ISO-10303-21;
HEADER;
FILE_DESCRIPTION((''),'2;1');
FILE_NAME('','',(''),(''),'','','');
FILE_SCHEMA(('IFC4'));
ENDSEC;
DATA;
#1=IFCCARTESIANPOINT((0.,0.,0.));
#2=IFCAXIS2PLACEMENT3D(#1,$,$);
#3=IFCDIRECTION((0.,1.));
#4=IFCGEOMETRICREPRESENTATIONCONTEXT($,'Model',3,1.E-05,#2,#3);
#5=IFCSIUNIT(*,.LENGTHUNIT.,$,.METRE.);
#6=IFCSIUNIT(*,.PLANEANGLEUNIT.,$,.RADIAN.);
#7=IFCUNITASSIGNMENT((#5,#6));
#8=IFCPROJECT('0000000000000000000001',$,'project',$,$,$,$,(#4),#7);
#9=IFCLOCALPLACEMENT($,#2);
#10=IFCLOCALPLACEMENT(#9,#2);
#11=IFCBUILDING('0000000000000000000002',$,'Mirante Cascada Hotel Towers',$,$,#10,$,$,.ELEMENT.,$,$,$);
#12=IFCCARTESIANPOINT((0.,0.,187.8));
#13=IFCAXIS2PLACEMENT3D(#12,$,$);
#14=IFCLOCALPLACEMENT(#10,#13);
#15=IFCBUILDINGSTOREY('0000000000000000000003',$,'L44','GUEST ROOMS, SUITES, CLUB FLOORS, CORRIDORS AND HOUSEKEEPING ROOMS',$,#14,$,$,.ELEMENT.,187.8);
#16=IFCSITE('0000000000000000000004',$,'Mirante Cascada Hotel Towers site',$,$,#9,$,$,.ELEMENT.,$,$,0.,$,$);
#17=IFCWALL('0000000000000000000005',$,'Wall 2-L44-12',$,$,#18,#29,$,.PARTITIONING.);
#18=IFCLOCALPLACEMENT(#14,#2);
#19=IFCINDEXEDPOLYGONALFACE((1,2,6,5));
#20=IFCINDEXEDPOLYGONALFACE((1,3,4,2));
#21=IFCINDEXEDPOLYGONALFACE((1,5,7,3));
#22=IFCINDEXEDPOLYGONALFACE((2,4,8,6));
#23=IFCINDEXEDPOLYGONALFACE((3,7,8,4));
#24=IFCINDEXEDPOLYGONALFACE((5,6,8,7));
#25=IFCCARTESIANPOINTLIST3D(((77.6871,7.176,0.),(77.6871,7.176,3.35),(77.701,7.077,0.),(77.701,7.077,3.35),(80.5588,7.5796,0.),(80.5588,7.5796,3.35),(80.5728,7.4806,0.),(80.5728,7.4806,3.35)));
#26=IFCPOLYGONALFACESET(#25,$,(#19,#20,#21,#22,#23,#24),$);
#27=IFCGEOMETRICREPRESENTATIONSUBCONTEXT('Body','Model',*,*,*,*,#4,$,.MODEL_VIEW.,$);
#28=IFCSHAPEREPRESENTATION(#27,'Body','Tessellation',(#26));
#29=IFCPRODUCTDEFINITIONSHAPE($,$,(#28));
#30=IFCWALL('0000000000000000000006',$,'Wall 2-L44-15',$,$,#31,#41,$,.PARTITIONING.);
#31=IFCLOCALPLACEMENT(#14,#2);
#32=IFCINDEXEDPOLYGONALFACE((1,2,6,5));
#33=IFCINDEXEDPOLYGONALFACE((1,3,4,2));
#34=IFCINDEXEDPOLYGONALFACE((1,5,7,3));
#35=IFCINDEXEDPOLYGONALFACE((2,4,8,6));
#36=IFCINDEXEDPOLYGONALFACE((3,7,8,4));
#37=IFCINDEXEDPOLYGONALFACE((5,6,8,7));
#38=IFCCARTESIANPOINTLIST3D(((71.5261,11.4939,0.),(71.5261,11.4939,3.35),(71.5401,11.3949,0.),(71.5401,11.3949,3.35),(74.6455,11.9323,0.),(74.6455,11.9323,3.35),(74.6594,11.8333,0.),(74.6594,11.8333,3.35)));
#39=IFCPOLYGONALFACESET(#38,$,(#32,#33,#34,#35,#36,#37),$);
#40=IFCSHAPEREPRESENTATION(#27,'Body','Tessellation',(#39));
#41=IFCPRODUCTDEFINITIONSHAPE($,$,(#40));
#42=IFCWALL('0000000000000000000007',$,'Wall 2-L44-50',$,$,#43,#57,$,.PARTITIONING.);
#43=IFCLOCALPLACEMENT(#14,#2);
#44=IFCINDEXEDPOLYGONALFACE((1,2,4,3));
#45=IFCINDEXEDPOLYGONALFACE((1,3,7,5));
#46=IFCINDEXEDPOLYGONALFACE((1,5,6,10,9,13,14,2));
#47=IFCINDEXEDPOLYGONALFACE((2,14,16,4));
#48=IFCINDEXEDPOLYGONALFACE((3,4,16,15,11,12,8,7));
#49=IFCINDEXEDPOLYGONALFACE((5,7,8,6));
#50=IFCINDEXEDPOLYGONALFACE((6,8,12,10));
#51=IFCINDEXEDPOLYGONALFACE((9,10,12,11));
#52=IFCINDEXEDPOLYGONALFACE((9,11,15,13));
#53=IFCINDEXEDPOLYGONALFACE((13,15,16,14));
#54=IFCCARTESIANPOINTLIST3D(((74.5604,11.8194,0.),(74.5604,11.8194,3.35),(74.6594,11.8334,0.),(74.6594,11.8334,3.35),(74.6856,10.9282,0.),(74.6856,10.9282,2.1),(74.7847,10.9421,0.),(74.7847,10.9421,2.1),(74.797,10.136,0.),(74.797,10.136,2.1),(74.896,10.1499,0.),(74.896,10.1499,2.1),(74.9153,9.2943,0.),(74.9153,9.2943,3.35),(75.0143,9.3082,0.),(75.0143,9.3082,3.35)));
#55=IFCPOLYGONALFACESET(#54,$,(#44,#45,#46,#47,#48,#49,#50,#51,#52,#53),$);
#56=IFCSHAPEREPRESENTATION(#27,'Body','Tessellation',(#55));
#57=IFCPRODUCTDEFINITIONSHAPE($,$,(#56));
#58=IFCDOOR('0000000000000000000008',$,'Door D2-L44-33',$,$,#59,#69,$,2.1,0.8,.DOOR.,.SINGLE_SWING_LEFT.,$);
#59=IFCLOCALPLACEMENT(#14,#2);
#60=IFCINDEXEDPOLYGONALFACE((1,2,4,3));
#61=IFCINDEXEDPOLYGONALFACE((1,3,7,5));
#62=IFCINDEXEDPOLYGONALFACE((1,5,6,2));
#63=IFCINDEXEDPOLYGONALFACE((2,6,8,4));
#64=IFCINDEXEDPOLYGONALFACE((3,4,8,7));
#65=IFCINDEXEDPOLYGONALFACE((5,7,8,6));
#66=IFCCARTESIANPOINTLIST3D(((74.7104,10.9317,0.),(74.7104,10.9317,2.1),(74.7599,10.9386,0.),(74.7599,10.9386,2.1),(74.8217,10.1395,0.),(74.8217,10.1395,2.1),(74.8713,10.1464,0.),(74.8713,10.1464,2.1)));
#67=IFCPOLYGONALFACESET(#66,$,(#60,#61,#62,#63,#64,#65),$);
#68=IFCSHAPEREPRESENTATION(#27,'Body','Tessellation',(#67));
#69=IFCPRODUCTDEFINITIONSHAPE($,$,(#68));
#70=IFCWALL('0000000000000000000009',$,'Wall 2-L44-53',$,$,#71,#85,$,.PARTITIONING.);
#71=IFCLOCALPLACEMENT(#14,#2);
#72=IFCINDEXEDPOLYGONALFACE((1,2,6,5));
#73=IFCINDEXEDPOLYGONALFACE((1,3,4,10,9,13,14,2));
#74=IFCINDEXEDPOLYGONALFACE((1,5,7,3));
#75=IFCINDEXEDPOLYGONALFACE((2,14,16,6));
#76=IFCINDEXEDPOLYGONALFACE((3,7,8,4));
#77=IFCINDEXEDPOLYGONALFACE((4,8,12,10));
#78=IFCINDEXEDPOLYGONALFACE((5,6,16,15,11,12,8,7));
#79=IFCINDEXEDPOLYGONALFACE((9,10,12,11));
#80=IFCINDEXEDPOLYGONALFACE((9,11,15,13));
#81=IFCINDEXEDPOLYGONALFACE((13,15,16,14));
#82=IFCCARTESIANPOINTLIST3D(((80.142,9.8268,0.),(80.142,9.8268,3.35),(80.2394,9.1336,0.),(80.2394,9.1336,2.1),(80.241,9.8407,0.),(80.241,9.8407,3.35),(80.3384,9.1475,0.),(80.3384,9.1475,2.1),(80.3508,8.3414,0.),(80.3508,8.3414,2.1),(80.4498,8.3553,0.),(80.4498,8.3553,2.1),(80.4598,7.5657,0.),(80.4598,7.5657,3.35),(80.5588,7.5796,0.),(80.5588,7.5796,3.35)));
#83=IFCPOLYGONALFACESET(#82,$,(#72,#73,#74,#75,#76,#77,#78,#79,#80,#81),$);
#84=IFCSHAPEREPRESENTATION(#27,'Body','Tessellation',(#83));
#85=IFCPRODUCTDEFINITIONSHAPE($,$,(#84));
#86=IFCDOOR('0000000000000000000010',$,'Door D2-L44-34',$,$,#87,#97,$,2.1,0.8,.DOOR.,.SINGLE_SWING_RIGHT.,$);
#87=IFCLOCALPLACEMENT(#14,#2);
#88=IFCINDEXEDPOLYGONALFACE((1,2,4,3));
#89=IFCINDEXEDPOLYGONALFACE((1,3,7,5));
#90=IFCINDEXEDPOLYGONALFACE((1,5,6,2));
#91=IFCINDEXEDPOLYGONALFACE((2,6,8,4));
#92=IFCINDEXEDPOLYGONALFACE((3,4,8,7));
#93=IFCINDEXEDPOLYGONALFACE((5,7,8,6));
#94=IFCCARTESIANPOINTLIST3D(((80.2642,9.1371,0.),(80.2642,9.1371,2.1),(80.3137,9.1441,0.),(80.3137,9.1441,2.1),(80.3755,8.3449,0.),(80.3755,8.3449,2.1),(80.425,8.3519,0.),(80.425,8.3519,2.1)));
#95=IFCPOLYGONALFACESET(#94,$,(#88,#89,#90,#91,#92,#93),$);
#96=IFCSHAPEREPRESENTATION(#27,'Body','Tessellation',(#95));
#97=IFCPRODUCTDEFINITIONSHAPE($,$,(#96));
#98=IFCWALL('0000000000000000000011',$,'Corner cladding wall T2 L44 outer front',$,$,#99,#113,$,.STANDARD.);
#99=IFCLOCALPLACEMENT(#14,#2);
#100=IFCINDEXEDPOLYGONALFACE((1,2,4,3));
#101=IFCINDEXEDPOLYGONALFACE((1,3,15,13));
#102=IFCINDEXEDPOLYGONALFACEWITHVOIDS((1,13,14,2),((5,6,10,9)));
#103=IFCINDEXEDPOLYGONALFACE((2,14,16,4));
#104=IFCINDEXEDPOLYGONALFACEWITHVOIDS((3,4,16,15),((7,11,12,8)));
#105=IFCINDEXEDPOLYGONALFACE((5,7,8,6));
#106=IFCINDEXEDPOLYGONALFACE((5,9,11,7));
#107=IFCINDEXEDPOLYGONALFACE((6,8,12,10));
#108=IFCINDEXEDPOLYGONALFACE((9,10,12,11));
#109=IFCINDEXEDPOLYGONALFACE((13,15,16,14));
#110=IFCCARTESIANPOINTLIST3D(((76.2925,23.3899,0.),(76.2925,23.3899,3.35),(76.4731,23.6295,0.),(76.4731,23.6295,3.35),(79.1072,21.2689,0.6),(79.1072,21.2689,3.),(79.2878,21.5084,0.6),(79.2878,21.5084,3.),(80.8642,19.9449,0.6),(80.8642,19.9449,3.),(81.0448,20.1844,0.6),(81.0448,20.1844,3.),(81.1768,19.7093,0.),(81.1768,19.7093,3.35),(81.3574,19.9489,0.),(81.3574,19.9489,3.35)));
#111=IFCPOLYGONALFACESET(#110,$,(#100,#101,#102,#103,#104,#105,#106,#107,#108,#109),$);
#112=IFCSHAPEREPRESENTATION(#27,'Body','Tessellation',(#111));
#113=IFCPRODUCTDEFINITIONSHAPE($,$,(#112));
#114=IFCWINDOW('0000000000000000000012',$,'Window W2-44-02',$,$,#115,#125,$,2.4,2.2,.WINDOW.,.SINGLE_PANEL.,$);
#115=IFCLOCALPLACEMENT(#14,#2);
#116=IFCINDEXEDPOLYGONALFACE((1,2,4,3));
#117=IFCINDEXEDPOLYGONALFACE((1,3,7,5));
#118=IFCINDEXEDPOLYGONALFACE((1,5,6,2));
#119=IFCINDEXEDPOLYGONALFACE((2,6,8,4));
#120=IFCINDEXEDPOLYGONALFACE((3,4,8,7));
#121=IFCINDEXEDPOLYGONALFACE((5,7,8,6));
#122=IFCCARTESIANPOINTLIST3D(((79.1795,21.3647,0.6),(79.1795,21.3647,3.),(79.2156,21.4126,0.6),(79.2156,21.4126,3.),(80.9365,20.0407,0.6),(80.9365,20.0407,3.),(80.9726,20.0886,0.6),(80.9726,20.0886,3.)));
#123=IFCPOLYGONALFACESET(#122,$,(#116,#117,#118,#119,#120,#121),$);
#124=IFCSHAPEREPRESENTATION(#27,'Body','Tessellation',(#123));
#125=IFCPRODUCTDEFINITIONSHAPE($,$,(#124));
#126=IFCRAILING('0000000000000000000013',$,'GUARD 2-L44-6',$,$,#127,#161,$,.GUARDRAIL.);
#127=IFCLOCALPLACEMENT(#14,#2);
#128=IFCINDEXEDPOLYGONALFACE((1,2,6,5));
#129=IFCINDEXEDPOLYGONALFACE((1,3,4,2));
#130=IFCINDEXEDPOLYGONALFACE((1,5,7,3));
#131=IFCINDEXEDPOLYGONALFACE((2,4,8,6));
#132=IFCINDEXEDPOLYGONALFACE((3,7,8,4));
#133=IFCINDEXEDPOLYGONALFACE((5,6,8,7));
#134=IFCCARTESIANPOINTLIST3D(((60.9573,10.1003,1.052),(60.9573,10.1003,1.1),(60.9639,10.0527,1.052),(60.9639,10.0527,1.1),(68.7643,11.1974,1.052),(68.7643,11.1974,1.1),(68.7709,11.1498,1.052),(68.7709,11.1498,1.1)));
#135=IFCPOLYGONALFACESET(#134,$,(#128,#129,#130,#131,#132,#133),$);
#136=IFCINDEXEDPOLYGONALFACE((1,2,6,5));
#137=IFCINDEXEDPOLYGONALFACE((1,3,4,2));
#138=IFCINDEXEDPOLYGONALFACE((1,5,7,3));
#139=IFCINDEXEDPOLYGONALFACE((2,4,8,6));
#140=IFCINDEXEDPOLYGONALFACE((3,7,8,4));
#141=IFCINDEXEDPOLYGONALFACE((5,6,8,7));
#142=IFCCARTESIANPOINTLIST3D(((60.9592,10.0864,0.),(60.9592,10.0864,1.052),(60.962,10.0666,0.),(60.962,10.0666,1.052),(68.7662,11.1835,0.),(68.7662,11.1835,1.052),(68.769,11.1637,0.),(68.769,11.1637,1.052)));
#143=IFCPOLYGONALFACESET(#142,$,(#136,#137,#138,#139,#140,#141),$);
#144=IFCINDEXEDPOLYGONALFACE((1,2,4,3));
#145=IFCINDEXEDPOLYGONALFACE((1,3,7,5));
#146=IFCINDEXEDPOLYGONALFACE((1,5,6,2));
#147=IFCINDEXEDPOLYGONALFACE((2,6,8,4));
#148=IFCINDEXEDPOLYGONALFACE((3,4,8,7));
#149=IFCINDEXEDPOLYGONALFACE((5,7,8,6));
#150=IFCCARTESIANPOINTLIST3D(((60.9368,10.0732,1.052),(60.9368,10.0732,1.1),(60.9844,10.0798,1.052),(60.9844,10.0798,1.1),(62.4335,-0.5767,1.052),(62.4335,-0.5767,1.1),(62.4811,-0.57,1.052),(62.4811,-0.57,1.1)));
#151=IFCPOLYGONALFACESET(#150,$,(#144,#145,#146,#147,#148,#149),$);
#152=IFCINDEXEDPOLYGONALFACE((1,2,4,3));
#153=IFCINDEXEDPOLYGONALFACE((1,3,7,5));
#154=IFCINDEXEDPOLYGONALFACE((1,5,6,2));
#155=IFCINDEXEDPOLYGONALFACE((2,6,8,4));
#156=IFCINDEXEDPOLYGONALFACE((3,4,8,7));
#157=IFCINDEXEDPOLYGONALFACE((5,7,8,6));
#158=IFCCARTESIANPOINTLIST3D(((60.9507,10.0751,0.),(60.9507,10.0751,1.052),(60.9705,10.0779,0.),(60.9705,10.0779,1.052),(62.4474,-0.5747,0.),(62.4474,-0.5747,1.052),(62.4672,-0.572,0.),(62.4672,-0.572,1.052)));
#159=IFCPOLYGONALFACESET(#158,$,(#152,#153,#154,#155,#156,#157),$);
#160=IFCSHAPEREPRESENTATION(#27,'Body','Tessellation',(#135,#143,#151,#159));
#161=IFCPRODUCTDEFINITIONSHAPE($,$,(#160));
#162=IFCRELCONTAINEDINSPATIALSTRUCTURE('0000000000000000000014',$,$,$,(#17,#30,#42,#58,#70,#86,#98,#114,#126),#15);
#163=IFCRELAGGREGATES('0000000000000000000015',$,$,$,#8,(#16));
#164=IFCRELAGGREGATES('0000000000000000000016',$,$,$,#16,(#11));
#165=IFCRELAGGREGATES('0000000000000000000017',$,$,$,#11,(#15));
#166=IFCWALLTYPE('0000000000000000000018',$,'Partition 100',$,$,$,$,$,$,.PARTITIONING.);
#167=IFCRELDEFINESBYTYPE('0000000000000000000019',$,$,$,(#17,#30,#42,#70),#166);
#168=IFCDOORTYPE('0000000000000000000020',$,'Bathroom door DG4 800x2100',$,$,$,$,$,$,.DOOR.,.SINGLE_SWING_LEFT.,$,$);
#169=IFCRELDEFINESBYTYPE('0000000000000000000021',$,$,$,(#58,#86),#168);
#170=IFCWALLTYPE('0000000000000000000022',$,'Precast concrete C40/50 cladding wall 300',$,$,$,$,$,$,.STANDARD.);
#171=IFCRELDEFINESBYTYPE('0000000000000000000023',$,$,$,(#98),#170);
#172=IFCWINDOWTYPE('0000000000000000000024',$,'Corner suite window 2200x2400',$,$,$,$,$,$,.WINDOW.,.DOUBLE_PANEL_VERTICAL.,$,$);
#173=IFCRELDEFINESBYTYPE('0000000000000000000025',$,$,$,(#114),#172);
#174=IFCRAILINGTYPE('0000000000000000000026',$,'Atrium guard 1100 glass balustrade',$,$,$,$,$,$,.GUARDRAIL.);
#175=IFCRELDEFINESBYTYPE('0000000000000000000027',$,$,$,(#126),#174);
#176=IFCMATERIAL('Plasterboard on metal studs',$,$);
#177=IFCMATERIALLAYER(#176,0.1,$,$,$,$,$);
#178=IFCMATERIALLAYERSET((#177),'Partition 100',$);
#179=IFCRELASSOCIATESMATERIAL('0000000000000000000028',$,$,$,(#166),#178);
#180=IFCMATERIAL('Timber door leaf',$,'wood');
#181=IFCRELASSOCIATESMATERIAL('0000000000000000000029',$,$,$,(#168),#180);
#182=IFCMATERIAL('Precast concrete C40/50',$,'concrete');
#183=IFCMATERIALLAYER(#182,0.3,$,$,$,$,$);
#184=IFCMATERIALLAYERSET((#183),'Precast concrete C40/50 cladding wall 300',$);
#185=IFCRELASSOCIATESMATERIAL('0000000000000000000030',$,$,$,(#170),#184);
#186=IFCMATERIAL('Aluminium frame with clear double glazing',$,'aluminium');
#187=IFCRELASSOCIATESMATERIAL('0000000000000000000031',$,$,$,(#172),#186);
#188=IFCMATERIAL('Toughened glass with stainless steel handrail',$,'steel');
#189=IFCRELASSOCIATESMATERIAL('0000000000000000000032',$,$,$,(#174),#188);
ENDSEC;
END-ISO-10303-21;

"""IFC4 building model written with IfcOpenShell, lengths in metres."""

from ifc_helpers import new_model, si_unit, direction, frame, frame_2d, origin, origin_2d, place, context, subcontext, project, spatial, rectangle, extrude, material, layer, layer_set, type_object, element, fill, save


model = new_model("IFC4")

# Units and contexts
model_context = context("Model", 3, precision=1e-05, world=origin(), true_north=direction((0.0, 1.0)))
body_context = subcontext(model_context, "Body", "Model", "MODEL_VIEW")
ifc_project = project(units=[si_unit("LENGTHUNIT", "METRE"), si_unit("PLANEANGLEUNIT", "RADIAN")], contexts=[model_context])

# Site, building, storey
site_placement = place(None, origin())
site = spatial("IfcSite", under=ifc_project, at=site_placement, Name="Mirante Cascada Hotel Towers site", CompositionType="ELEMENT", RefElevation=0.0)
building_placement = place(site_placement, origin())
building = spatial("IfcBuilding", under=site, at=building_placement, Name="Mirante Cascada Hotel Towers", CompositionType="ELEMENT")
storey_placement = place(building_placement, frame((0.0, 0.0, 187.8)))
storey = spatial("IfcBuildingStorey", under=building, at=storey_placement, Name="L44", Description="GUEST ROOMS, SUITES, CLUB FLOORS, CORRIDORS AND HOUSEKEEPING ROOMS", CompositionType="ELEMENT", Elevation=187.8)

# Walls
ifc_material_1 = material(Name="Plasterboard on metal studs")
ifc_layer_1 = layer(ifc_material_1, 0.1)
ifc_layer_set_1 = layer_set([ifc_layer_1], Name="Partition 100")
wall_type_1 = type_object("IfcWallType", Name="Partition 100", PredefinedType="PARTITIONING", material=ifc_layer_set_1)
wall_1_placement = place(storey_placement, frame((80.5658, 7.5301, 0.0), z_axis=(0.0, 0.0, 1.0), x_axis=(-0.990268, -0.139171, 0.0)))
element("IfcWall", 1, at=wall_1_placement, inside=storey, type_object=wall_type_1, Name="Wall 2-L44-12", PredefinedType="PARTITIONING", context=body_context, shape_type="SweptSolid", body=[
    extrude(rectangle(XDim=2.9, YDim=0.1, at=frame_2d((1.45, 0.0))), origin(), (0.0, 0.0, 1.0), 3.35),
])
wall_2_placement = place(storey_placement, frame((71.5331, 11.4444, 0.0), z_axis=(0.0, 0.0, 1.0), x_axis=(0.990268, 0.139177, 0.0)))
element("IfcWall", 2, at=wall_2_placement, inside=storey, type_object=wall_type_1, Name="Wall 2-L44-15", PredefinedType="PARTITIONING", context=body_context, shape_type="SweptSolid", body=[
    extrude(rectangle(XDim=3.15, YDim=0.1, at=frame_2d((1.575, 0.0))), origin(), (0.0, 0.0, 1.0), 3.35),
])

# Walls, openings, doors
wall_3_placement = place(storey_placement, frame((74.6099, 11.8264, 0.0), z_axis=(0.0, 0.0, 1.0), x_axis=(0.139176, -0.990268, 0.0)))
wall_3 = element("IfcWall", 3, at=wall_3_placement, inside=storey, type_object=wall_type_1, Name="Wall 2-L44-50", PredefinedType="PARTITIONING", context=body_context, shape_type="SweptSolid", body=[
    extrude(rectangle(XDim=2.55, YDim=0.1, at=frame_2d((1.275, 0.0))), origin(), (0.0, 0.0, 1.0), 3.35),
])
opening_1_placement = place(wall_3_placement, frame((0.9, 0.0, 0.0)))
opening_1 = element("IfcOpeningElement", 4, at=opening_1_placement, cuts=wall_3, PredefinedType="OPENING", context=body_context, shape_type="SweptSolid", body=[
    extrude(rectangle(XDim=0.8, YDim=2.1, at=frame_2d((0.4, 1.05))), frame((0.0, 0.05, 0.0), z_axis=(0.0, -1.0, 0.0), x_axis=(1.0, 0.0, 0.0)), (0.0, 0.0, 1.0), 0.1),
])
ifc_material_2 = material(Name="Timber door leaf", Category="wood")
door_type_1 = type_object("IfcDoorType", Name="Bathroom door DG4 800x2100", OperationType="SINGLE_SWING_LEFT", PredefinedType="DOOR", material=ifc_material_2)
door_1_placement = place(opening_1_placement, origin())
door_1 = element("IfcDoor", 5, at=door_1_placement, inside=storey, type_object=door_type_1, Name="Door D2-L44-33", OperationType="SINGLE_SWING_LEFT", OverallHeight=2.1, OverallWidth=0.8, PredefinedType="DOOR", context=body_context, shape_type="SweptSolid", body=[
    extrude(rectangle(XDim=0.8, YDim=2.1, at=frame_2d((0.4, 1.05))), frame((0.0, 0.025, 0.0), z_axis=(0.0, -1.0, 0.0), x_axis=(1.0, 0.0, 0.0)), (0.0, 0.0, 1.0), 0.05),
])
fill(opening_1, door_1)
wall_4_placement = place(storey_placement, frame((80.5093, 7.5727, 0.0), z_axis=(0.0, 0.0, 1.0), x_axis=(-0.139183, 0.990267, 0.0)))
wall_4 = element("IfcWall", 6, at=wall_4_placement, inside=storey, type_object=wall_type_1, Name="Wall 2-L44-53", PredefinedType="PARTITIONING", context=body_context, shape_type="SweptSolid", body=[
    extrude(rectangle(XDim=2.2833, YDim=0.1, at=frame_2d((1.1416, 0.0))), origin(), (0.0, 0.0, 1.0), 3.35),
])
opening_2_placement = place(wall_4_placement, frame((0.7833, 0.0, 0.0)))
opening_2 = element("IfcOpeningElement", 7, at=opening_2_placement, cuts=wall_4, PredefinedType="OPENING", context=body_context, shape_type="SweptSolid", body=[
    extrude(rectangle(XDim=0.8, YDim=2.1, at=frame_2d((0.4, 1.05))), frame((0.0, 0.05, 0.0), z_axis=(0.0, -1.0, 0.0), x_axis=(1.0, 0.0, 0.0)), (0.0, 0.0, 1.0), 0.1),
])
door_2_placement = place(opening_2_placement, frame((0.8, 0.0, 0.0), z_axis=(0.0, 0.0, 1.0), x_axis=(-1.0, 0.0, 0.0)))
door_2 = element("IfcDoor", 8, at=door_2_placement, inside=storey, type_object=door_type_1, Name="Door D2-L44-34", OperationType="SINGLE_SWING_RIGHT", OverallHeight=2.1, OverallWidth=0.8, PredefinedType="DOOR", context=body_context, shape_type="SweptSolid", body=[
    extrude(rectangle(XDim=0.8, YDim=2.1, at=frame_2d((0.4, 1.05))), frame((0.0, 0.025, 0.0), z_axis=(0.0, -1.0, 0.0), x_axis=(1.0, 0.0, 0.0)), (0.0, 0.0, 1.0), 0.05),
])
fill(opening_2, door_2)

# Wall, opening, window
ifc_material_3 = material(Name="Precast concrete C40/50", Category="concrete")
ifc_layer_2 = layer(ifc_material_3, 0.3)
ifc_layer_set_2 = layer_set([ifc_layer_2], Name="Precast concrete C40/50 cladding wall 300")
wall_type_2 = type_object("IfcWallType", Name="Precast concrete C40/50 cladding wall 300", PredefinedType="STANDARD", material=ifc_layer_set_2)
wall_5_placement = place(storey_placement, frame((81.2671, 19.8291, 0.0), z_axis=(0.0, 0.0, 1.0), x_axis=(-0.798634, 0.601817, 0.0)))
wall_5 = element("IfcWall", 9, at=wall_5_placement, inside=storey, type_object=wall_type_2, Name="Corner cladding wall T2 L44 outer front", PredefinedType="STANDARD", context=body_context, shape_type="SweptSolid", body=[
    extrude(rectangle(XDim=6.1158, YDim=0.3, at=frame_2d((3.0579, 0.0))), origin(), (0.0, 0.0, 1.0), 3.35),
])
opening_3_placement = place(wall_5_placement, frame((0.3914, 0.0, 0.6)))
opening_3 = element("IfcOpeningElement", 10, at=opening_3_placement, cuts=wall_5, PredefinedType="OPENING", context=body_context, shape_type="SweptSolid", body=[
    extrude(rectangle(XDim=2.2, YDim=2.4, at=frame_2d((1.1, 1.2))), frame((0.0, 0.15, 0.0), z_axis=(0.0, -1.0, 0.0), x_axis=(1.0, 0.0, 0.0)), (0.0, 0.0, 1.0), 0.3),
])
ifc_material_4 = material(Name="Aluminium frame with clear double glazing", Category="aluminium")
window_type = type_object("IfcWindowType", Name="Corner suite window 2200x2400", PartitioningType="DOUBLE_PANEL_VERTICAL", PredefinedType="WINDOW", material=ifc_material_4)
window_placement = place(opening_3_placement, origin())
window = element("IfcWindow", 11, at=window_placement, inside=storey, type_object=window_type, Name="Window W2-44-02", OverallHeight=2.4, OverallWidth=2.2, PartitioningType="SINGLE_PANEL", PredefinedType="WINDOW", context=body_context, shape_type="SweptSolid", body=[
    extrude(rectangle(XDim=2.2, YDim=2.4, at=frame_2d((1.1, 1.2))), frame((0.0, 0.03, 0.0), z_axis=(0.0, -1.0, 0.0), x_axis=(1.0, 0.0, 0.0)), (0.0, 0.0, 1.0), 0.06),
])
fill(opening_3, window)

# Railing
ifc_material_5 = material(Name="Toughened glass with stainless steel handrail", Category="steel")
railing_type = type_object("IfcRailingType", Name="Atrium guard 1100 glass balustrade", PredefinedType="GUARDRAIL", material=ifc_material_5)
railing_placement = place(storey_placement, frame((68.7676, 11.1736, 0.0)))
element("IfcRailing", 12, at=railing_placement, inside=storey, type_object=railing_type, Name="GUARD 2-L44-6", PredefinedType="GUARDRAIL", context=body_context, shape_type="SweptSolid", body=[
    extrude(rectangle(XDim=0.048, YDim=0.048, at=origin_2d()), frame((0.0, 0.0, 1.076), z_axis=(-0.99027, -0.13916, 0.0), x_axis=(0.13916, -0.99027, 0.0)), (0.0, 0.0, 1.0), 7.8837),
    extrude(rectangle(XDim=0.02, YDim=1.052, at=origin_2d()), frame((0.0, 0.0, 0.526), z_axis=(-0.99027, -0.13916, 0.0), x_axis=(0.13916, -0.99027, 0.0)), (0.0, 0.0, 1.0), 7.8837),
    extrude(rectangle(XDim=0.048, YDim=0.048, at=origin_2d()), frame((-7.807, -1.0971, 1.076), z_axis=(0.13917, -0.990268, 0.0), x_axis=(0.990268, 0.13917, 0.0)), (0.0, 0.0, 1.0), 10.7545),
    extrude(rectangle(XDim=0.02, YDim=1.052, at=origin_2d()), frame((-7.807, -1.0971, 0.526), z_axis=(0.13917, -0.990268, 0.0), x_axis=(0.990268, 0.13917, 0.0)), (0.0, 0.0, 1.0), 10.7545),
])

save(model, "model.ifc")
